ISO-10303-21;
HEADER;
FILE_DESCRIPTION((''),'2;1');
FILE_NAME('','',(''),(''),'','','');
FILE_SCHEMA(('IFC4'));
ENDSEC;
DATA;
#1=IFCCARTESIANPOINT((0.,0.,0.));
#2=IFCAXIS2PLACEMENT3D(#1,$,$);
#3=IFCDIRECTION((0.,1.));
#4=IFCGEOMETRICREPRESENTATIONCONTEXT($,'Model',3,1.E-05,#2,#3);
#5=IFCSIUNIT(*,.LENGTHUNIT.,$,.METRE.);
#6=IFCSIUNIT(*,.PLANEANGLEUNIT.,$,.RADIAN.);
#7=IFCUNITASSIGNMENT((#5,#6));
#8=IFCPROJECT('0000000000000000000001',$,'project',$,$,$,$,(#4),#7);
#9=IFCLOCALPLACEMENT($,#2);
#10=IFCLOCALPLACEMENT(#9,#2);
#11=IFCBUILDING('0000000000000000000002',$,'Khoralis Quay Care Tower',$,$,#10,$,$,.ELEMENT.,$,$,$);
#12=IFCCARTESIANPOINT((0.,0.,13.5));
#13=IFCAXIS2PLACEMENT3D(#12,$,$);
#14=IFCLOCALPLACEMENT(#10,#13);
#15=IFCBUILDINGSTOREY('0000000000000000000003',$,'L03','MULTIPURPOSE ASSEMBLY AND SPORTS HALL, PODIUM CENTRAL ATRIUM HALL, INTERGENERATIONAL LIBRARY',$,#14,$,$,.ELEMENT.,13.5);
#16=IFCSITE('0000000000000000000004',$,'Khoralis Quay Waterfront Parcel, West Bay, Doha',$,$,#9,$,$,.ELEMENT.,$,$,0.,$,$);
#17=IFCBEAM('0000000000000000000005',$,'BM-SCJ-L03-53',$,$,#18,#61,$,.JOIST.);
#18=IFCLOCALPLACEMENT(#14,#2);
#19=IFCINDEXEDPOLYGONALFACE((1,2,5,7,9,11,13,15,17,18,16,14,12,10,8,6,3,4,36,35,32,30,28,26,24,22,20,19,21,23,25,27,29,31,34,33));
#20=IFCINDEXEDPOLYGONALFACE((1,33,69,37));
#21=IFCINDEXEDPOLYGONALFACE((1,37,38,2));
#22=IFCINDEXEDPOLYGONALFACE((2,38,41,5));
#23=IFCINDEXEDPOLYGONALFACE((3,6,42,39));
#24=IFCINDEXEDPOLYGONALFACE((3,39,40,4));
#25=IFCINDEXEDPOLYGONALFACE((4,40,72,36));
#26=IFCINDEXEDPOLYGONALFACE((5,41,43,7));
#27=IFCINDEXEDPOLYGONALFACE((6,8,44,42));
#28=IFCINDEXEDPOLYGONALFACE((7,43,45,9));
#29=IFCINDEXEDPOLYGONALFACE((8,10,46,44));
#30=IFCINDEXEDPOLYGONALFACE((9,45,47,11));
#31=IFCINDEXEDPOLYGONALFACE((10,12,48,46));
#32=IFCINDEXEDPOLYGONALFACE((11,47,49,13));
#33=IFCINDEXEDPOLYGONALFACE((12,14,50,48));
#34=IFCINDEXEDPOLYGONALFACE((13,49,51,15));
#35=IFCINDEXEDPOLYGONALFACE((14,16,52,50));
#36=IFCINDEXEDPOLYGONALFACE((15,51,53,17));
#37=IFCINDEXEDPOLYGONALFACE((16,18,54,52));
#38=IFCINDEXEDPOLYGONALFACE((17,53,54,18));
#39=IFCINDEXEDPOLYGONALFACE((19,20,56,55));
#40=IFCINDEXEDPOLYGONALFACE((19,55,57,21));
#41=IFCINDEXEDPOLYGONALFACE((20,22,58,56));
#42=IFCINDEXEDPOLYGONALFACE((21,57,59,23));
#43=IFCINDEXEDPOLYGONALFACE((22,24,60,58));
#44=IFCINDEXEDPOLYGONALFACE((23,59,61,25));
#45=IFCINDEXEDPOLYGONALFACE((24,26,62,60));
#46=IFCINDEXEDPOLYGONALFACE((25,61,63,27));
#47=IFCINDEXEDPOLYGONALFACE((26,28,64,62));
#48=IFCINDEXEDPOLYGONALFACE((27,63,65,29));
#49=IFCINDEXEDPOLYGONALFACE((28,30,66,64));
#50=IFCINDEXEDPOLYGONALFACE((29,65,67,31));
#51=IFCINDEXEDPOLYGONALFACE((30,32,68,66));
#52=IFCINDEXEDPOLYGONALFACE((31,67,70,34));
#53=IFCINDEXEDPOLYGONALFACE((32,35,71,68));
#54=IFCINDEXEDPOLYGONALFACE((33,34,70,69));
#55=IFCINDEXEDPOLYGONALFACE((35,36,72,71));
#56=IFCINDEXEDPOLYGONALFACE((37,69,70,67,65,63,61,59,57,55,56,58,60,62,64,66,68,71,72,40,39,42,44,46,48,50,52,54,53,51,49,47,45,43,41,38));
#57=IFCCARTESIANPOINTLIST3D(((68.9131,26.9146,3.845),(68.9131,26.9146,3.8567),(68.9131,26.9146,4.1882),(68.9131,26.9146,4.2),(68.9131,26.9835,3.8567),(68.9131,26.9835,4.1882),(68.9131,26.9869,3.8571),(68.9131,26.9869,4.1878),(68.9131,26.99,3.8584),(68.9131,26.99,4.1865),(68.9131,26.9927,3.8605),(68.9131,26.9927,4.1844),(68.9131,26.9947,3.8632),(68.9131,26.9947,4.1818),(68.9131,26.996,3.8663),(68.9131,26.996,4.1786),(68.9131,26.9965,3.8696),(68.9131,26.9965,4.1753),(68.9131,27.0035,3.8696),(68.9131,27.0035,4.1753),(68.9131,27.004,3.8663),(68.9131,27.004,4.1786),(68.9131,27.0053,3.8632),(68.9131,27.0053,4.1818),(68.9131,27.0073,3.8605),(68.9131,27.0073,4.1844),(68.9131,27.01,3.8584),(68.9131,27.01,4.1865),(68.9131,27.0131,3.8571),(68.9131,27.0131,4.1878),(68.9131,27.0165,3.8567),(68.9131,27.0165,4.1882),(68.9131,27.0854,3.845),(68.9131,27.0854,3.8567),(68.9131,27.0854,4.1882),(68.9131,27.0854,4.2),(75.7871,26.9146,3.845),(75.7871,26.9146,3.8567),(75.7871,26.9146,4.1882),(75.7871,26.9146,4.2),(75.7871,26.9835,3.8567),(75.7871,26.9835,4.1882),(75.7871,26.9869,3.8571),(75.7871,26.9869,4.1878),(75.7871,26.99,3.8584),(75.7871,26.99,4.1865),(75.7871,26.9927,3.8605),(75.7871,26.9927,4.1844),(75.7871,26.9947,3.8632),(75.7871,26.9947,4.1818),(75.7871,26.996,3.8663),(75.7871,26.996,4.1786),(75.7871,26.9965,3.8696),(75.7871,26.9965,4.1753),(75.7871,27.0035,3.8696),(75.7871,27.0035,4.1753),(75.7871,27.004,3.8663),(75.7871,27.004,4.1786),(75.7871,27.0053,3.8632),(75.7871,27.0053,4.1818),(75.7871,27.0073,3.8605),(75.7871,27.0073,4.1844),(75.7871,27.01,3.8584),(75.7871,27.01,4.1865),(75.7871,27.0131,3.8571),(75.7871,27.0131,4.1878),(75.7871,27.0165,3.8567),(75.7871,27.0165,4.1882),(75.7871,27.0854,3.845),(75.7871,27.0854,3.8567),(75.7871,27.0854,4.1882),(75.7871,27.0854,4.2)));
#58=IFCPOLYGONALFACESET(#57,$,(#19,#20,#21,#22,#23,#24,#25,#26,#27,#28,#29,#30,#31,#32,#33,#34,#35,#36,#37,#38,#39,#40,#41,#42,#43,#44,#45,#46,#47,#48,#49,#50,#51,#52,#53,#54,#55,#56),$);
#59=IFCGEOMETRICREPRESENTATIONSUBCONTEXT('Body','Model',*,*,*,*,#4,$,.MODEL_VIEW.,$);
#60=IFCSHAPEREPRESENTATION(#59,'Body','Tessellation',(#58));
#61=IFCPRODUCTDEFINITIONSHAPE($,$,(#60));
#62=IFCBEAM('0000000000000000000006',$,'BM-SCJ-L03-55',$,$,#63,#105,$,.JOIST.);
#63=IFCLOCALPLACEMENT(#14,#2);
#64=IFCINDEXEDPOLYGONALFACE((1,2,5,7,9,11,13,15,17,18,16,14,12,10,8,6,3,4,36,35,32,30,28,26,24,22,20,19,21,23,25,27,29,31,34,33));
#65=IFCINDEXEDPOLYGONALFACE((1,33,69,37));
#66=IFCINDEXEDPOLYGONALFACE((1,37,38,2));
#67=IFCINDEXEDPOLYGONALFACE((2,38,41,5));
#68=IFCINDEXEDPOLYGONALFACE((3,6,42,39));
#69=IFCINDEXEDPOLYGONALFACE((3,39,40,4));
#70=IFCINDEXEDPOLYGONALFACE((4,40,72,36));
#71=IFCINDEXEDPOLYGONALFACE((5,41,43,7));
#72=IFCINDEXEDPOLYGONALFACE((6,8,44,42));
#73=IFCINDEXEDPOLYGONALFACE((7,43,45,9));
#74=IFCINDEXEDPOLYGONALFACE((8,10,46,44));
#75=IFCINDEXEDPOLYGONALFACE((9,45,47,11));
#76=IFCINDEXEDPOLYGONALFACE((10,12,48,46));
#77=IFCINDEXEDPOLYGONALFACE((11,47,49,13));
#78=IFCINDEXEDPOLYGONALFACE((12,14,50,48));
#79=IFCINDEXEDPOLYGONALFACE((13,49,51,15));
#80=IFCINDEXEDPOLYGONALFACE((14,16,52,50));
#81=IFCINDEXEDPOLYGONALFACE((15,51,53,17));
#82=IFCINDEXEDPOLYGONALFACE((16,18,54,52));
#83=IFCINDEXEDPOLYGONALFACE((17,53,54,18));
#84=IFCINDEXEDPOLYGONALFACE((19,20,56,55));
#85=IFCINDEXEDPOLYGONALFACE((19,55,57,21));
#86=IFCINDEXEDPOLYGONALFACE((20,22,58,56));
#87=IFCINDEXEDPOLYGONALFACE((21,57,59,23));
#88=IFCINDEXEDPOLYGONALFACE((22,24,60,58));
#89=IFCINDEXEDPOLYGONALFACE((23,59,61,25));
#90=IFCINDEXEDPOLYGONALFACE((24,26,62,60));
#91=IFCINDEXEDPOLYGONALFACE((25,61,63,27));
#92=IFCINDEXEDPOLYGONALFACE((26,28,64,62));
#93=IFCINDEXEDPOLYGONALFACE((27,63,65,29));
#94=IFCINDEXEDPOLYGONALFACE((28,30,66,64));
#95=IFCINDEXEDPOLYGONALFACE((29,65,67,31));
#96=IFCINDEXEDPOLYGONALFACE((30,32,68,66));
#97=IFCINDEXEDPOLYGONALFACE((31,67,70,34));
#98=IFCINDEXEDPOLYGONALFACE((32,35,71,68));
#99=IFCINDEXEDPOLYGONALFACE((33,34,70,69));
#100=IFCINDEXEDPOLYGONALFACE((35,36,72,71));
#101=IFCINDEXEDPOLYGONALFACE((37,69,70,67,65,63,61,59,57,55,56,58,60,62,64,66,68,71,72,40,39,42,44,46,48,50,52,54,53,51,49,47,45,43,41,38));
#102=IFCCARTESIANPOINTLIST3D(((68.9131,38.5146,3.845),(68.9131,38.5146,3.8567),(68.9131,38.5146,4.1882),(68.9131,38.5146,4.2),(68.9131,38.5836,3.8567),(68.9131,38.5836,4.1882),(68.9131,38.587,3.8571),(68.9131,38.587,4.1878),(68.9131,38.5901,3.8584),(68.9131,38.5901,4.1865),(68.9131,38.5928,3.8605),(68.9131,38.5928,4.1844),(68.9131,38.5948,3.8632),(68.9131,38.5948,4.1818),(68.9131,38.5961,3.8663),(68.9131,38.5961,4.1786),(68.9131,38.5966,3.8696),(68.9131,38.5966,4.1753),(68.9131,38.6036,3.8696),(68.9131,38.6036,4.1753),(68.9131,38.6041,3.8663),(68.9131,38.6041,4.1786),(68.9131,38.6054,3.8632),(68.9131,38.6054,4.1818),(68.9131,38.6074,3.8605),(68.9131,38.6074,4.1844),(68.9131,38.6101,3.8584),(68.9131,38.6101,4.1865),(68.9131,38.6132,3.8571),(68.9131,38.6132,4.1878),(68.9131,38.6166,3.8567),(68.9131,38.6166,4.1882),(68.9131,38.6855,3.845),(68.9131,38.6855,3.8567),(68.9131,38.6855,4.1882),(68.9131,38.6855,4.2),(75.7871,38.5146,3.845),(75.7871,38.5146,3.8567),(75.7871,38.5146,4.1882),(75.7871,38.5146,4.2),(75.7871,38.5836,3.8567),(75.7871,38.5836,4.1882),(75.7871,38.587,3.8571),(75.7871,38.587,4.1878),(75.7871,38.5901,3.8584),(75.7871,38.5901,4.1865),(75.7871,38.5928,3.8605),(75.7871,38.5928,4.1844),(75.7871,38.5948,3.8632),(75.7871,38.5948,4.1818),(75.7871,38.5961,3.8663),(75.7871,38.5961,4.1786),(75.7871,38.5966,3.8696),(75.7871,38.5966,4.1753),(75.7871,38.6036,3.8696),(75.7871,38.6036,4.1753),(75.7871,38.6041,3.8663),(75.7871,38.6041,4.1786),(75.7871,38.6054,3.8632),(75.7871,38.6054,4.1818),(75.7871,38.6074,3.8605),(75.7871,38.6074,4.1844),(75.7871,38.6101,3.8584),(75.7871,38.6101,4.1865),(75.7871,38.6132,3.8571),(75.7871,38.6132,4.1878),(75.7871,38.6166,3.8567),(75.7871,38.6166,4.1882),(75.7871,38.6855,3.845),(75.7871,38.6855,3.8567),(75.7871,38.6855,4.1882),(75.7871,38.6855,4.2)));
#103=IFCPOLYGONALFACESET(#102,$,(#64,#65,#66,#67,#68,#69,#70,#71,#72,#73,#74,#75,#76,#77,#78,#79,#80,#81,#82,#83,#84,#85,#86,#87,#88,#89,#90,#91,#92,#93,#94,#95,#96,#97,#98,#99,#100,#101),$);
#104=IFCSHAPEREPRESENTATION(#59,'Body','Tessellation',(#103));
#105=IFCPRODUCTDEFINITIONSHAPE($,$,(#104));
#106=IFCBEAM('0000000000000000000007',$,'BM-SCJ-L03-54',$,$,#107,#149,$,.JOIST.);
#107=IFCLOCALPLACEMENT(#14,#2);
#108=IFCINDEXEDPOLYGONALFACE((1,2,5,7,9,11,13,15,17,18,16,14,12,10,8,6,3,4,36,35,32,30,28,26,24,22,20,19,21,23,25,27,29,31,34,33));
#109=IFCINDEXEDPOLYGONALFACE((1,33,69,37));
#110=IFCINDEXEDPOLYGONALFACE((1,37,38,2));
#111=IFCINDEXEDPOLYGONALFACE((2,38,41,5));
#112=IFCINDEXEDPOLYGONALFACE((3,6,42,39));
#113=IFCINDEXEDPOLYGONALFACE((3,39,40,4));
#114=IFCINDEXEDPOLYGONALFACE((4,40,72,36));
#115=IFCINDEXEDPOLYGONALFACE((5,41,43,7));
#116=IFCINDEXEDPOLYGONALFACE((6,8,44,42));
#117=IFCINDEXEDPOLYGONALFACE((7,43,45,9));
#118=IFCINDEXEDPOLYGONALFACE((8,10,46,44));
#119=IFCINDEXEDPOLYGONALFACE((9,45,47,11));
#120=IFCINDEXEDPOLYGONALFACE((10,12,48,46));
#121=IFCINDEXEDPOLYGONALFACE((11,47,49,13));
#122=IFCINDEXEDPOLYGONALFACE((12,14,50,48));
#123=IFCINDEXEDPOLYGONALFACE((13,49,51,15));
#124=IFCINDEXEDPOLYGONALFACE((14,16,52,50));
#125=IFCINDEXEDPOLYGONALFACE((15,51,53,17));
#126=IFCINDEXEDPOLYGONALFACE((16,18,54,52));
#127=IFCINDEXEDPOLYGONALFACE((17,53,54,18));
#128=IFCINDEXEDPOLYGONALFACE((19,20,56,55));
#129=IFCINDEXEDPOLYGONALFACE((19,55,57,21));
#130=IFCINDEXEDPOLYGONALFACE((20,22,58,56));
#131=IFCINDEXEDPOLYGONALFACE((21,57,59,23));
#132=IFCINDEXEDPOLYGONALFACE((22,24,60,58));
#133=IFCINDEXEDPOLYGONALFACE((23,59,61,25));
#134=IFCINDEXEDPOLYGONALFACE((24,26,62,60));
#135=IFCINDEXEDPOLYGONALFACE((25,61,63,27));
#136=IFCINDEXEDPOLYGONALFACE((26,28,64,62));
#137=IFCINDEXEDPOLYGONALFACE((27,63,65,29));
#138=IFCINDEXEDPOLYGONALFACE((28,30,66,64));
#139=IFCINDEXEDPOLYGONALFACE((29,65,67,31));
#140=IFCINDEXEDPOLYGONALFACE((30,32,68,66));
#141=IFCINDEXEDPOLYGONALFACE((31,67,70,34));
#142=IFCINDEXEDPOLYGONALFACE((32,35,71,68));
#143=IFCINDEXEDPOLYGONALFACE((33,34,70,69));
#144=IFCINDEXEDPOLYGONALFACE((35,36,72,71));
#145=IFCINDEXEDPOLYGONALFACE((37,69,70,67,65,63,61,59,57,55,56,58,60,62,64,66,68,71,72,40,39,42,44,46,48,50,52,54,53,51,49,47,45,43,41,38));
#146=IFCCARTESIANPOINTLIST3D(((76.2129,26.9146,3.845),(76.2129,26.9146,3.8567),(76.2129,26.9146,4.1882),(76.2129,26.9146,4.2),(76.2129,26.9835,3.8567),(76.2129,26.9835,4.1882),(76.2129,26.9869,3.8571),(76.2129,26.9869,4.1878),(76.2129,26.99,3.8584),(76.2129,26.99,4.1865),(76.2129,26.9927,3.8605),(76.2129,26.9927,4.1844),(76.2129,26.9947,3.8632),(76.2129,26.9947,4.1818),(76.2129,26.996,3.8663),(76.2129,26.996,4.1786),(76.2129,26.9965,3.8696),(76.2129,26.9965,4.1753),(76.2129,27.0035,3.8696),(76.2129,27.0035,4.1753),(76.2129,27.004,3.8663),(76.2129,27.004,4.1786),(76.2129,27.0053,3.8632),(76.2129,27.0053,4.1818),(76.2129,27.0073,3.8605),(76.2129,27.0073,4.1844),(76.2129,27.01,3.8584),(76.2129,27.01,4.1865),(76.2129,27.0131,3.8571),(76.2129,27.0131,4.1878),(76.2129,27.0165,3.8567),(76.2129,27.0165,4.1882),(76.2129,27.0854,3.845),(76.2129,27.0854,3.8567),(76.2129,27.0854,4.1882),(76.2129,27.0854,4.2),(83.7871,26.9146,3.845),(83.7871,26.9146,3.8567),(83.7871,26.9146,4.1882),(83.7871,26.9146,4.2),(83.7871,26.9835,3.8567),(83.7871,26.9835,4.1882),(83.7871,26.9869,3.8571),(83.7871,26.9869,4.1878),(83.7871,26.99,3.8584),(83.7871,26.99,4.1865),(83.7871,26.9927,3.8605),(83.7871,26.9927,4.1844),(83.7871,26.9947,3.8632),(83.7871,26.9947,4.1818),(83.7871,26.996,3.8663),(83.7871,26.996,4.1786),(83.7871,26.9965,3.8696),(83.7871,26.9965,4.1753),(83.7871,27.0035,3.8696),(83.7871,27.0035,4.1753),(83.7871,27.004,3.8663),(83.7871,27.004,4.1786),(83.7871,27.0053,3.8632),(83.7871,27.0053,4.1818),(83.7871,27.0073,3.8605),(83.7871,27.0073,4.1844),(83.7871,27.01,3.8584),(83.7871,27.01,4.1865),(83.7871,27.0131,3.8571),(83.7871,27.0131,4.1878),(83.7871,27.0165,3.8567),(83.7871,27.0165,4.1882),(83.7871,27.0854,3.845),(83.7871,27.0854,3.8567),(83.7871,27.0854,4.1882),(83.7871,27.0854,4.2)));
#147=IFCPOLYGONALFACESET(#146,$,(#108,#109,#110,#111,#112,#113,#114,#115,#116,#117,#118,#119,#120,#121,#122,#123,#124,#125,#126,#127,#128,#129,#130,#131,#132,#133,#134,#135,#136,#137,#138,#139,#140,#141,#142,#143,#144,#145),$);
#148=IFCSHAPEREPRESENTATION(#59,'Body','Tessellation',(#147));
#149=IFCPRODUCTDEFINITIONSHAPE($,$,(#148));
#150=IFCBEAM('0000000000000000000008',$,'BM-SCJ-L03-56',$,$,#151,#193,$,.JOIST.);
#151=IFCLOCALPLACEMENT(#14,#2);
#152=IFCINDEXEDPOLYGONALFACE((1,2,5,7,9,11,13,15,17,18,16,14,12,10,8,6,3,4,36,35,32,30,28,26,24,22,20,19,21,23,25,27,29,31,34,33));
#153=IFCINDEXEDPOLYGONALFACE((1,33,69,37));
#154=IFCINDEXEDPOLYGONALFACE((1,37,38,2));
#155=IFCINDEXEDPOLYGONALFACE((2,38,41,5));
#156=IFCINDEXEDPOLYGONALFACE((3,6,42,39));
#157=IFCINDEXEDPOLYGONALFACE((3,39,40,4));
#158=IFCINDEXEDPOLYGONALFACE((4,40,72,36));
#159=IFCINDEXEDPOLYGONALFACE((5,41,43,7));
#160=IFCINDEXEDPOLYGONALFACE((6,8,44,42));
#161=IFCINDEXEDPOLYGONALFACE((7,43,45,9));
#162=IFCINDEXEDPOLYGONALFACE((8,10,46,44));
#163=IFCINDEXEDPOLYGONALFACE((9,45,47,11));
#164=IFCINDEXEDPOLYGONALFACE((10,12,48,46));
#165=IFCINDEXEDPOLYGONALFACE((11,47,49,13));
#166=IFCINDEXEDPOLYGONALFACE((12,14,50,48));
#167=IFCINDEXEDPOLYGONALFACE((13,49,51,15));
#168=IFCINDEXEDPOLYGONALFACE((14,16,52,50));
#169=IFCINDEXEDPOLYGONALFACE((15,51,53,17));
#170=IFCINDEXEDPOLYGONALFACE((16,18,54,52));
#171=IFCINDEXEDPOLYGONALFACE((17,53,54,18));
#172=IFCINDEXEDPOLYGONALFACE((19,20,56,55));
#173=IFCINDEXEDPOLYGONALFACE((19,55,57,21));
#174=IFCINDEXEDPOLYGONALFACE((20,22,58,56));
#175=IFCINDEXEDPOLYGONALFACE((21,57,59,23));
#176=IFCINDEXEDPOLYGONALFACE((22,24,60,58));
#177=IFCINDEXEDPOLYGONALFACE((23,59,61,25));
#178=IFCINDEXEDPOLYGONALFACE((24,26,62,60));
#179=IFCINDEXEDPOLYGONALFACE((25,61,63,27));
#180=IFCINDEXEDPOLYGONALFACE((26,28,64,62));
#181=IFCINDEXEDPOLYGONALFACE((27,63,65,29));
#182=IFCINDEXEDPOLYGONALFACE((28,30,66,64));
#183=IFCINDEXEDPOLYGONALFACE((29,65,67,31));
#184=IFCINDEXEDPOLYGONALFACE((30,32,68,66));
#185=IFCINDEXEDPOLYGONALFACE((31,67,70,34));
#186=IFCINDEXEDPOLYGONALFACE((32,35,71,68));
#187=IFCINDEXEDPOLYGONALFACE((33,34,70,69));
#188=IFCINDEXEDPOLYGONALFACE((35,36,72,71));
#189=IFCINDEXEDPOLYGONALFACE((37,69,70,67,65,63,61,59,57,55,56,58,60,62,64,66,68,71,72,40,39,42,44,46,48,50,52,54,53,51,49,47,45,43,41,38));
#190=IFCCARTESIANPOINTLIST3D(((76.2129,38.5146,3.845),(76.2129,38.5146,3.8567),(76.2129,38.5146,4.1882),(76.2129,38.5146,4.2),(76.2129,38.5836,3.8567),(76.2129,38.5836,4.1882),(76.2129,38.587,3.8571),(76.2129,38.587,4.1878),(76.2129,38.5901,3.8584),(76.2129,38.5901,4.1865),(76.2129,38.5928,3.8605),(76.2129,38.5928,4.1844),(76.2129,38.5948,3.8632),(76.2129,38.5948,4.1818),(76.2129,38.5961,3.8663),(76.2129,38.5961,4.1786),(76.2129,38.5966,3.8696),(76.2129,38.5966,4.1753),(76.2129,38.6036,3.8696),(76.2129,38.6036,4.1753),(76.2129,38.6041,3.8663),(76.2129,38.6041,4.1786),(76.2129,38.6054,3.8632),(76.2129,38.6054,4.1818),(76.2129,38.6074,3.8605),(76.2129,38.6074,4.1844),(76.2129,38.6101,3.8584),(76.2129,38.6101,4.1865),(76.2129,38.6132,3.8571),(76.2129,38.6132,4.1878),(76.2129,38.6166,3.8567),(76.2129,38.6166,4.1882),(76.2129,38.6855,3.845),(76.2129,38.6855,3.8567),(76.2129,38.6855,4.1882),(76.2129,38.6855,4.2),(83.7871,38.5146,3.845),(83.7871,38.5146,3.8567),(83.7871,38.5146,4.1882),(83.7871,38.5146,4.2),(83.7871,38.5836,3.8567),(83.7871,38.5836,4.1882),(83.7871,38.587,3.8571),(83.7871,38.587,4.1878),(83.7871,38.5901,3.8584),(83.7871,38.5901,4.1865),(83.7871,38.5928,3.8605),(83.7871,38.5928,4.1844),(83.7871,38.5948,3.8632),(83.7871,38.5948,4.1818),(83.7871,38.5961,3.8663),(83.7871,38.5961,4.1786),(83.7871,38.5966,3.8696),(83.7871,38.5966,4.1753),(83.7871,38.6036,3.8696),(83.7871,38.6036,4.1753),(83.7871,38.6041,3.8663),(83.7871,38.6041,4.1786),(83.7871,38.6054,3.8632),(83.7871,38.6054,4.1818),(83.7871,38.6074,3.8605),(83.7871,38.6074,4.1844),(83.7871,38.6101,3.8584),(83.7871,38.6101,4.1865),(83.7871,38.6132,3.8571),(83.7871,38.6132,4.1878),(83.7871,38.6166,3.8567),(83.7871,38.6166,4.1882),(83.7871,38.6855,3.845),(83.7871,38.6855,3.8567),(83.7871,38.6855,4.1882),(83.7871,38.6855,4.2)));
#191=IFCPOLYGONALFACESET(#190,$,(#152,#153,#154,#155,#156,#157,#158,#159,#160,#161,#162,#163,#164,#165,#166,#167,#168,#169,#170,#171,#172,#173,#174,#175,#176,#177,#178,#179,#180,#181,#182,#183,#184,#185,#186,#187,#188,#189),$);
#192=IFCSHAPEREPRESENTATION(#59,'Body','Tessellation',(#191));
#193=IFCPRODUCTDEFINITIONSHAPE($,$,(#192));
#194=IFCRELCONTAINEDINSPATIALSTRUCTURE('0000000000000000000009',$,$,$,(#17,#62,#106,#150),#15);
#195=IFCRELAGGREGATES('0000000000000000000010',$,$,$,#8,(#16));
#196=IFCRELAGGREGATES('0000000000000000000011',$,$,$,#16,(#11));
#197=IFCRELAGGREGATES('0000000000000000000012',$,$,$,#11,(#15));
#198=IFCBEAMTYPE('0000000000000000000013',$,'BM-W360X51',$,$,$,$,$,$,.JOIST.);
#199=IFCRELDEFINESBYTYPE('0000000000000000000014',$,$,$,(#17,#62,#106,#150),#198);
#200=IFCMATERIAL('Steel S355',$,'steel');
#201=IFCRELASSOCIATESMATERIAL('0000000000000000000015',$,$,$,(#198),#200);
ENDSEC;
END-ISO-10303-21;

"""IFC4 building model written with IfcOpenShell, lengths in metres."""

from ifc_helpers import new_model, si_unit, direction, frame, origin, origin_2d, place, context, subcontext, project, spatial, i_section, extrude, source, transform, mapped, material, material_profile, profile_set, type_object, element, save


model = new_model("IFC4")

# Units and contexts
model_context = context("Model", 3, precision=1e-05, world=origin(), true_north=direction((0.0, 1.0)))
body_context = subcontext(model_context, "Body", "Model", "MODEL_VIEW")
ifc_project = project(units=[si_unit("LENGTHUNIT", "METRE"), si_unit("PLANEANGLEUNIT", "RADIAN")], contexts=[model_context])

# Site, building, storey
site_placement = place(None, origin())
site = spatial("IfcSite", under=ifc_project, at=site_placement, Name="Khoralis Quay Waterfront Parcel, West Bay, Doha", CompositionType="ELEMENT", RefElevation=0.0)
building_placement = place(site_placement, origin())
building = spatial("IfcBuilding", under=site, at=building_placement, Name="Khoralis Quay Care Tower", CompositionType="ELEMENT")
storey_placement = place(building_placement, frame((0.0, 0.0, 13.5)))
storey = spatial("IfcBuildingStorey", under=building, at=storey_placement, Name="L03", Description="MULTIPURPOSE ASSEMBLY AND SPORTS HALL, PODIUM CENTRAL ATRIUM HALL, INTERGENERATIONAL LIBRARY", CompositionType="ELEMENT", Elevation=13.5)

# Beams
ifc_material_1 = material(Name="Steel S355", Category="steel")
ifc_material_profile_1 = material_profile(ifc_material_1, i_section(OverallWidth=0.1709, OverallDepth=0.355, WebThickness=0.0071, FlangeThickness=0.0117, FilletRadius=0.0129, at=origin_2d()), Name="Steel S355")
ifc_profile_set_1 = profile_set([ifc_material_profile_1], Name="Steel S355")
beam_type_1 = type_object("IfcBeamType", Name="BM-W360X51", PredefinedType="JOIST", material=ifc_profile_set_1)
shared_shape_1 = source(origin(), body_context, "Body", "SweptSolid", [
    extrude(i_section(OverallWidth=0.1709, OverallDepth=0.355, WebThickness=0.0071, FlangeThickness=0.0117, FilletRadius=0.0129, at=origin_2d()), origin(), (0.0, 0.0, 1.0), 6.874),
])
for number, where, z_axis, x_axis, name in (
    (1, (68.9131, 27.0, 4.0225), (1.0, 0.0, 0.0), (0.0, 1.0, 0.0), "BM-SCJ-L03-53"),
    (2, (68.9131, 38.6001, 4.0225), (1.0, 0.0, 0.0), (0.0, 1.0, 0.0), "BM-SCJ-L03-55"),
):
    element("IfcBeam", number, at=place(storey_placement, frame(where, z_axis=z_axis, x_axis=x_axis)), inside=storey, type_object=beam_type_1, Name=name, PredefinedType="JOIST", context=body_context, shape_type="MappedRepresentation", body=[
        mapped(shared_shape_1, transform((0.0, 0.0, 0.0), scale=1.0)),
    ])
shared_shape_2 = source(origin(), body_context, "Body", "SweptSolid", [
    extrude(i_section(OverallWidth=0.1709, OverallDepth=0.355, WebThickness=0.0071, FlangeThickness=0.0117, FilletRadius=0.0129, at=origin_2d()), origin(), (0.0, 0.0, 1.0), 7.5742),
])
for number, where, z_axis, x_axis, name in (
    (3, (76.2129, 27.0, 4.0225), (1.0, 0.0, 0.0), (0.0, 1.0, 0.0), "BM-SCJ-L03-54"),
    (4, (76.2129, 38.6001, 4.0225), (1.0, 0.0, 0.0), (0.0, 1.0, 0.0), "BM-SCJ-L03-56"),
):
    element("IfcBeam", number, at=place(storey_placement, frame(where, z_axis=z_axis, x_axis=x_axis)), inside=storey, type_object=beam_type_1, Name=name, PredefinedType="JOIST", context=body_context, shape_type="MappedRepresentation", body=[
        mapped(shared_shape_2, transform((0.0, 0.0, 0.0), scale=1.0)),
    ])

save(model, "model.ifc")
